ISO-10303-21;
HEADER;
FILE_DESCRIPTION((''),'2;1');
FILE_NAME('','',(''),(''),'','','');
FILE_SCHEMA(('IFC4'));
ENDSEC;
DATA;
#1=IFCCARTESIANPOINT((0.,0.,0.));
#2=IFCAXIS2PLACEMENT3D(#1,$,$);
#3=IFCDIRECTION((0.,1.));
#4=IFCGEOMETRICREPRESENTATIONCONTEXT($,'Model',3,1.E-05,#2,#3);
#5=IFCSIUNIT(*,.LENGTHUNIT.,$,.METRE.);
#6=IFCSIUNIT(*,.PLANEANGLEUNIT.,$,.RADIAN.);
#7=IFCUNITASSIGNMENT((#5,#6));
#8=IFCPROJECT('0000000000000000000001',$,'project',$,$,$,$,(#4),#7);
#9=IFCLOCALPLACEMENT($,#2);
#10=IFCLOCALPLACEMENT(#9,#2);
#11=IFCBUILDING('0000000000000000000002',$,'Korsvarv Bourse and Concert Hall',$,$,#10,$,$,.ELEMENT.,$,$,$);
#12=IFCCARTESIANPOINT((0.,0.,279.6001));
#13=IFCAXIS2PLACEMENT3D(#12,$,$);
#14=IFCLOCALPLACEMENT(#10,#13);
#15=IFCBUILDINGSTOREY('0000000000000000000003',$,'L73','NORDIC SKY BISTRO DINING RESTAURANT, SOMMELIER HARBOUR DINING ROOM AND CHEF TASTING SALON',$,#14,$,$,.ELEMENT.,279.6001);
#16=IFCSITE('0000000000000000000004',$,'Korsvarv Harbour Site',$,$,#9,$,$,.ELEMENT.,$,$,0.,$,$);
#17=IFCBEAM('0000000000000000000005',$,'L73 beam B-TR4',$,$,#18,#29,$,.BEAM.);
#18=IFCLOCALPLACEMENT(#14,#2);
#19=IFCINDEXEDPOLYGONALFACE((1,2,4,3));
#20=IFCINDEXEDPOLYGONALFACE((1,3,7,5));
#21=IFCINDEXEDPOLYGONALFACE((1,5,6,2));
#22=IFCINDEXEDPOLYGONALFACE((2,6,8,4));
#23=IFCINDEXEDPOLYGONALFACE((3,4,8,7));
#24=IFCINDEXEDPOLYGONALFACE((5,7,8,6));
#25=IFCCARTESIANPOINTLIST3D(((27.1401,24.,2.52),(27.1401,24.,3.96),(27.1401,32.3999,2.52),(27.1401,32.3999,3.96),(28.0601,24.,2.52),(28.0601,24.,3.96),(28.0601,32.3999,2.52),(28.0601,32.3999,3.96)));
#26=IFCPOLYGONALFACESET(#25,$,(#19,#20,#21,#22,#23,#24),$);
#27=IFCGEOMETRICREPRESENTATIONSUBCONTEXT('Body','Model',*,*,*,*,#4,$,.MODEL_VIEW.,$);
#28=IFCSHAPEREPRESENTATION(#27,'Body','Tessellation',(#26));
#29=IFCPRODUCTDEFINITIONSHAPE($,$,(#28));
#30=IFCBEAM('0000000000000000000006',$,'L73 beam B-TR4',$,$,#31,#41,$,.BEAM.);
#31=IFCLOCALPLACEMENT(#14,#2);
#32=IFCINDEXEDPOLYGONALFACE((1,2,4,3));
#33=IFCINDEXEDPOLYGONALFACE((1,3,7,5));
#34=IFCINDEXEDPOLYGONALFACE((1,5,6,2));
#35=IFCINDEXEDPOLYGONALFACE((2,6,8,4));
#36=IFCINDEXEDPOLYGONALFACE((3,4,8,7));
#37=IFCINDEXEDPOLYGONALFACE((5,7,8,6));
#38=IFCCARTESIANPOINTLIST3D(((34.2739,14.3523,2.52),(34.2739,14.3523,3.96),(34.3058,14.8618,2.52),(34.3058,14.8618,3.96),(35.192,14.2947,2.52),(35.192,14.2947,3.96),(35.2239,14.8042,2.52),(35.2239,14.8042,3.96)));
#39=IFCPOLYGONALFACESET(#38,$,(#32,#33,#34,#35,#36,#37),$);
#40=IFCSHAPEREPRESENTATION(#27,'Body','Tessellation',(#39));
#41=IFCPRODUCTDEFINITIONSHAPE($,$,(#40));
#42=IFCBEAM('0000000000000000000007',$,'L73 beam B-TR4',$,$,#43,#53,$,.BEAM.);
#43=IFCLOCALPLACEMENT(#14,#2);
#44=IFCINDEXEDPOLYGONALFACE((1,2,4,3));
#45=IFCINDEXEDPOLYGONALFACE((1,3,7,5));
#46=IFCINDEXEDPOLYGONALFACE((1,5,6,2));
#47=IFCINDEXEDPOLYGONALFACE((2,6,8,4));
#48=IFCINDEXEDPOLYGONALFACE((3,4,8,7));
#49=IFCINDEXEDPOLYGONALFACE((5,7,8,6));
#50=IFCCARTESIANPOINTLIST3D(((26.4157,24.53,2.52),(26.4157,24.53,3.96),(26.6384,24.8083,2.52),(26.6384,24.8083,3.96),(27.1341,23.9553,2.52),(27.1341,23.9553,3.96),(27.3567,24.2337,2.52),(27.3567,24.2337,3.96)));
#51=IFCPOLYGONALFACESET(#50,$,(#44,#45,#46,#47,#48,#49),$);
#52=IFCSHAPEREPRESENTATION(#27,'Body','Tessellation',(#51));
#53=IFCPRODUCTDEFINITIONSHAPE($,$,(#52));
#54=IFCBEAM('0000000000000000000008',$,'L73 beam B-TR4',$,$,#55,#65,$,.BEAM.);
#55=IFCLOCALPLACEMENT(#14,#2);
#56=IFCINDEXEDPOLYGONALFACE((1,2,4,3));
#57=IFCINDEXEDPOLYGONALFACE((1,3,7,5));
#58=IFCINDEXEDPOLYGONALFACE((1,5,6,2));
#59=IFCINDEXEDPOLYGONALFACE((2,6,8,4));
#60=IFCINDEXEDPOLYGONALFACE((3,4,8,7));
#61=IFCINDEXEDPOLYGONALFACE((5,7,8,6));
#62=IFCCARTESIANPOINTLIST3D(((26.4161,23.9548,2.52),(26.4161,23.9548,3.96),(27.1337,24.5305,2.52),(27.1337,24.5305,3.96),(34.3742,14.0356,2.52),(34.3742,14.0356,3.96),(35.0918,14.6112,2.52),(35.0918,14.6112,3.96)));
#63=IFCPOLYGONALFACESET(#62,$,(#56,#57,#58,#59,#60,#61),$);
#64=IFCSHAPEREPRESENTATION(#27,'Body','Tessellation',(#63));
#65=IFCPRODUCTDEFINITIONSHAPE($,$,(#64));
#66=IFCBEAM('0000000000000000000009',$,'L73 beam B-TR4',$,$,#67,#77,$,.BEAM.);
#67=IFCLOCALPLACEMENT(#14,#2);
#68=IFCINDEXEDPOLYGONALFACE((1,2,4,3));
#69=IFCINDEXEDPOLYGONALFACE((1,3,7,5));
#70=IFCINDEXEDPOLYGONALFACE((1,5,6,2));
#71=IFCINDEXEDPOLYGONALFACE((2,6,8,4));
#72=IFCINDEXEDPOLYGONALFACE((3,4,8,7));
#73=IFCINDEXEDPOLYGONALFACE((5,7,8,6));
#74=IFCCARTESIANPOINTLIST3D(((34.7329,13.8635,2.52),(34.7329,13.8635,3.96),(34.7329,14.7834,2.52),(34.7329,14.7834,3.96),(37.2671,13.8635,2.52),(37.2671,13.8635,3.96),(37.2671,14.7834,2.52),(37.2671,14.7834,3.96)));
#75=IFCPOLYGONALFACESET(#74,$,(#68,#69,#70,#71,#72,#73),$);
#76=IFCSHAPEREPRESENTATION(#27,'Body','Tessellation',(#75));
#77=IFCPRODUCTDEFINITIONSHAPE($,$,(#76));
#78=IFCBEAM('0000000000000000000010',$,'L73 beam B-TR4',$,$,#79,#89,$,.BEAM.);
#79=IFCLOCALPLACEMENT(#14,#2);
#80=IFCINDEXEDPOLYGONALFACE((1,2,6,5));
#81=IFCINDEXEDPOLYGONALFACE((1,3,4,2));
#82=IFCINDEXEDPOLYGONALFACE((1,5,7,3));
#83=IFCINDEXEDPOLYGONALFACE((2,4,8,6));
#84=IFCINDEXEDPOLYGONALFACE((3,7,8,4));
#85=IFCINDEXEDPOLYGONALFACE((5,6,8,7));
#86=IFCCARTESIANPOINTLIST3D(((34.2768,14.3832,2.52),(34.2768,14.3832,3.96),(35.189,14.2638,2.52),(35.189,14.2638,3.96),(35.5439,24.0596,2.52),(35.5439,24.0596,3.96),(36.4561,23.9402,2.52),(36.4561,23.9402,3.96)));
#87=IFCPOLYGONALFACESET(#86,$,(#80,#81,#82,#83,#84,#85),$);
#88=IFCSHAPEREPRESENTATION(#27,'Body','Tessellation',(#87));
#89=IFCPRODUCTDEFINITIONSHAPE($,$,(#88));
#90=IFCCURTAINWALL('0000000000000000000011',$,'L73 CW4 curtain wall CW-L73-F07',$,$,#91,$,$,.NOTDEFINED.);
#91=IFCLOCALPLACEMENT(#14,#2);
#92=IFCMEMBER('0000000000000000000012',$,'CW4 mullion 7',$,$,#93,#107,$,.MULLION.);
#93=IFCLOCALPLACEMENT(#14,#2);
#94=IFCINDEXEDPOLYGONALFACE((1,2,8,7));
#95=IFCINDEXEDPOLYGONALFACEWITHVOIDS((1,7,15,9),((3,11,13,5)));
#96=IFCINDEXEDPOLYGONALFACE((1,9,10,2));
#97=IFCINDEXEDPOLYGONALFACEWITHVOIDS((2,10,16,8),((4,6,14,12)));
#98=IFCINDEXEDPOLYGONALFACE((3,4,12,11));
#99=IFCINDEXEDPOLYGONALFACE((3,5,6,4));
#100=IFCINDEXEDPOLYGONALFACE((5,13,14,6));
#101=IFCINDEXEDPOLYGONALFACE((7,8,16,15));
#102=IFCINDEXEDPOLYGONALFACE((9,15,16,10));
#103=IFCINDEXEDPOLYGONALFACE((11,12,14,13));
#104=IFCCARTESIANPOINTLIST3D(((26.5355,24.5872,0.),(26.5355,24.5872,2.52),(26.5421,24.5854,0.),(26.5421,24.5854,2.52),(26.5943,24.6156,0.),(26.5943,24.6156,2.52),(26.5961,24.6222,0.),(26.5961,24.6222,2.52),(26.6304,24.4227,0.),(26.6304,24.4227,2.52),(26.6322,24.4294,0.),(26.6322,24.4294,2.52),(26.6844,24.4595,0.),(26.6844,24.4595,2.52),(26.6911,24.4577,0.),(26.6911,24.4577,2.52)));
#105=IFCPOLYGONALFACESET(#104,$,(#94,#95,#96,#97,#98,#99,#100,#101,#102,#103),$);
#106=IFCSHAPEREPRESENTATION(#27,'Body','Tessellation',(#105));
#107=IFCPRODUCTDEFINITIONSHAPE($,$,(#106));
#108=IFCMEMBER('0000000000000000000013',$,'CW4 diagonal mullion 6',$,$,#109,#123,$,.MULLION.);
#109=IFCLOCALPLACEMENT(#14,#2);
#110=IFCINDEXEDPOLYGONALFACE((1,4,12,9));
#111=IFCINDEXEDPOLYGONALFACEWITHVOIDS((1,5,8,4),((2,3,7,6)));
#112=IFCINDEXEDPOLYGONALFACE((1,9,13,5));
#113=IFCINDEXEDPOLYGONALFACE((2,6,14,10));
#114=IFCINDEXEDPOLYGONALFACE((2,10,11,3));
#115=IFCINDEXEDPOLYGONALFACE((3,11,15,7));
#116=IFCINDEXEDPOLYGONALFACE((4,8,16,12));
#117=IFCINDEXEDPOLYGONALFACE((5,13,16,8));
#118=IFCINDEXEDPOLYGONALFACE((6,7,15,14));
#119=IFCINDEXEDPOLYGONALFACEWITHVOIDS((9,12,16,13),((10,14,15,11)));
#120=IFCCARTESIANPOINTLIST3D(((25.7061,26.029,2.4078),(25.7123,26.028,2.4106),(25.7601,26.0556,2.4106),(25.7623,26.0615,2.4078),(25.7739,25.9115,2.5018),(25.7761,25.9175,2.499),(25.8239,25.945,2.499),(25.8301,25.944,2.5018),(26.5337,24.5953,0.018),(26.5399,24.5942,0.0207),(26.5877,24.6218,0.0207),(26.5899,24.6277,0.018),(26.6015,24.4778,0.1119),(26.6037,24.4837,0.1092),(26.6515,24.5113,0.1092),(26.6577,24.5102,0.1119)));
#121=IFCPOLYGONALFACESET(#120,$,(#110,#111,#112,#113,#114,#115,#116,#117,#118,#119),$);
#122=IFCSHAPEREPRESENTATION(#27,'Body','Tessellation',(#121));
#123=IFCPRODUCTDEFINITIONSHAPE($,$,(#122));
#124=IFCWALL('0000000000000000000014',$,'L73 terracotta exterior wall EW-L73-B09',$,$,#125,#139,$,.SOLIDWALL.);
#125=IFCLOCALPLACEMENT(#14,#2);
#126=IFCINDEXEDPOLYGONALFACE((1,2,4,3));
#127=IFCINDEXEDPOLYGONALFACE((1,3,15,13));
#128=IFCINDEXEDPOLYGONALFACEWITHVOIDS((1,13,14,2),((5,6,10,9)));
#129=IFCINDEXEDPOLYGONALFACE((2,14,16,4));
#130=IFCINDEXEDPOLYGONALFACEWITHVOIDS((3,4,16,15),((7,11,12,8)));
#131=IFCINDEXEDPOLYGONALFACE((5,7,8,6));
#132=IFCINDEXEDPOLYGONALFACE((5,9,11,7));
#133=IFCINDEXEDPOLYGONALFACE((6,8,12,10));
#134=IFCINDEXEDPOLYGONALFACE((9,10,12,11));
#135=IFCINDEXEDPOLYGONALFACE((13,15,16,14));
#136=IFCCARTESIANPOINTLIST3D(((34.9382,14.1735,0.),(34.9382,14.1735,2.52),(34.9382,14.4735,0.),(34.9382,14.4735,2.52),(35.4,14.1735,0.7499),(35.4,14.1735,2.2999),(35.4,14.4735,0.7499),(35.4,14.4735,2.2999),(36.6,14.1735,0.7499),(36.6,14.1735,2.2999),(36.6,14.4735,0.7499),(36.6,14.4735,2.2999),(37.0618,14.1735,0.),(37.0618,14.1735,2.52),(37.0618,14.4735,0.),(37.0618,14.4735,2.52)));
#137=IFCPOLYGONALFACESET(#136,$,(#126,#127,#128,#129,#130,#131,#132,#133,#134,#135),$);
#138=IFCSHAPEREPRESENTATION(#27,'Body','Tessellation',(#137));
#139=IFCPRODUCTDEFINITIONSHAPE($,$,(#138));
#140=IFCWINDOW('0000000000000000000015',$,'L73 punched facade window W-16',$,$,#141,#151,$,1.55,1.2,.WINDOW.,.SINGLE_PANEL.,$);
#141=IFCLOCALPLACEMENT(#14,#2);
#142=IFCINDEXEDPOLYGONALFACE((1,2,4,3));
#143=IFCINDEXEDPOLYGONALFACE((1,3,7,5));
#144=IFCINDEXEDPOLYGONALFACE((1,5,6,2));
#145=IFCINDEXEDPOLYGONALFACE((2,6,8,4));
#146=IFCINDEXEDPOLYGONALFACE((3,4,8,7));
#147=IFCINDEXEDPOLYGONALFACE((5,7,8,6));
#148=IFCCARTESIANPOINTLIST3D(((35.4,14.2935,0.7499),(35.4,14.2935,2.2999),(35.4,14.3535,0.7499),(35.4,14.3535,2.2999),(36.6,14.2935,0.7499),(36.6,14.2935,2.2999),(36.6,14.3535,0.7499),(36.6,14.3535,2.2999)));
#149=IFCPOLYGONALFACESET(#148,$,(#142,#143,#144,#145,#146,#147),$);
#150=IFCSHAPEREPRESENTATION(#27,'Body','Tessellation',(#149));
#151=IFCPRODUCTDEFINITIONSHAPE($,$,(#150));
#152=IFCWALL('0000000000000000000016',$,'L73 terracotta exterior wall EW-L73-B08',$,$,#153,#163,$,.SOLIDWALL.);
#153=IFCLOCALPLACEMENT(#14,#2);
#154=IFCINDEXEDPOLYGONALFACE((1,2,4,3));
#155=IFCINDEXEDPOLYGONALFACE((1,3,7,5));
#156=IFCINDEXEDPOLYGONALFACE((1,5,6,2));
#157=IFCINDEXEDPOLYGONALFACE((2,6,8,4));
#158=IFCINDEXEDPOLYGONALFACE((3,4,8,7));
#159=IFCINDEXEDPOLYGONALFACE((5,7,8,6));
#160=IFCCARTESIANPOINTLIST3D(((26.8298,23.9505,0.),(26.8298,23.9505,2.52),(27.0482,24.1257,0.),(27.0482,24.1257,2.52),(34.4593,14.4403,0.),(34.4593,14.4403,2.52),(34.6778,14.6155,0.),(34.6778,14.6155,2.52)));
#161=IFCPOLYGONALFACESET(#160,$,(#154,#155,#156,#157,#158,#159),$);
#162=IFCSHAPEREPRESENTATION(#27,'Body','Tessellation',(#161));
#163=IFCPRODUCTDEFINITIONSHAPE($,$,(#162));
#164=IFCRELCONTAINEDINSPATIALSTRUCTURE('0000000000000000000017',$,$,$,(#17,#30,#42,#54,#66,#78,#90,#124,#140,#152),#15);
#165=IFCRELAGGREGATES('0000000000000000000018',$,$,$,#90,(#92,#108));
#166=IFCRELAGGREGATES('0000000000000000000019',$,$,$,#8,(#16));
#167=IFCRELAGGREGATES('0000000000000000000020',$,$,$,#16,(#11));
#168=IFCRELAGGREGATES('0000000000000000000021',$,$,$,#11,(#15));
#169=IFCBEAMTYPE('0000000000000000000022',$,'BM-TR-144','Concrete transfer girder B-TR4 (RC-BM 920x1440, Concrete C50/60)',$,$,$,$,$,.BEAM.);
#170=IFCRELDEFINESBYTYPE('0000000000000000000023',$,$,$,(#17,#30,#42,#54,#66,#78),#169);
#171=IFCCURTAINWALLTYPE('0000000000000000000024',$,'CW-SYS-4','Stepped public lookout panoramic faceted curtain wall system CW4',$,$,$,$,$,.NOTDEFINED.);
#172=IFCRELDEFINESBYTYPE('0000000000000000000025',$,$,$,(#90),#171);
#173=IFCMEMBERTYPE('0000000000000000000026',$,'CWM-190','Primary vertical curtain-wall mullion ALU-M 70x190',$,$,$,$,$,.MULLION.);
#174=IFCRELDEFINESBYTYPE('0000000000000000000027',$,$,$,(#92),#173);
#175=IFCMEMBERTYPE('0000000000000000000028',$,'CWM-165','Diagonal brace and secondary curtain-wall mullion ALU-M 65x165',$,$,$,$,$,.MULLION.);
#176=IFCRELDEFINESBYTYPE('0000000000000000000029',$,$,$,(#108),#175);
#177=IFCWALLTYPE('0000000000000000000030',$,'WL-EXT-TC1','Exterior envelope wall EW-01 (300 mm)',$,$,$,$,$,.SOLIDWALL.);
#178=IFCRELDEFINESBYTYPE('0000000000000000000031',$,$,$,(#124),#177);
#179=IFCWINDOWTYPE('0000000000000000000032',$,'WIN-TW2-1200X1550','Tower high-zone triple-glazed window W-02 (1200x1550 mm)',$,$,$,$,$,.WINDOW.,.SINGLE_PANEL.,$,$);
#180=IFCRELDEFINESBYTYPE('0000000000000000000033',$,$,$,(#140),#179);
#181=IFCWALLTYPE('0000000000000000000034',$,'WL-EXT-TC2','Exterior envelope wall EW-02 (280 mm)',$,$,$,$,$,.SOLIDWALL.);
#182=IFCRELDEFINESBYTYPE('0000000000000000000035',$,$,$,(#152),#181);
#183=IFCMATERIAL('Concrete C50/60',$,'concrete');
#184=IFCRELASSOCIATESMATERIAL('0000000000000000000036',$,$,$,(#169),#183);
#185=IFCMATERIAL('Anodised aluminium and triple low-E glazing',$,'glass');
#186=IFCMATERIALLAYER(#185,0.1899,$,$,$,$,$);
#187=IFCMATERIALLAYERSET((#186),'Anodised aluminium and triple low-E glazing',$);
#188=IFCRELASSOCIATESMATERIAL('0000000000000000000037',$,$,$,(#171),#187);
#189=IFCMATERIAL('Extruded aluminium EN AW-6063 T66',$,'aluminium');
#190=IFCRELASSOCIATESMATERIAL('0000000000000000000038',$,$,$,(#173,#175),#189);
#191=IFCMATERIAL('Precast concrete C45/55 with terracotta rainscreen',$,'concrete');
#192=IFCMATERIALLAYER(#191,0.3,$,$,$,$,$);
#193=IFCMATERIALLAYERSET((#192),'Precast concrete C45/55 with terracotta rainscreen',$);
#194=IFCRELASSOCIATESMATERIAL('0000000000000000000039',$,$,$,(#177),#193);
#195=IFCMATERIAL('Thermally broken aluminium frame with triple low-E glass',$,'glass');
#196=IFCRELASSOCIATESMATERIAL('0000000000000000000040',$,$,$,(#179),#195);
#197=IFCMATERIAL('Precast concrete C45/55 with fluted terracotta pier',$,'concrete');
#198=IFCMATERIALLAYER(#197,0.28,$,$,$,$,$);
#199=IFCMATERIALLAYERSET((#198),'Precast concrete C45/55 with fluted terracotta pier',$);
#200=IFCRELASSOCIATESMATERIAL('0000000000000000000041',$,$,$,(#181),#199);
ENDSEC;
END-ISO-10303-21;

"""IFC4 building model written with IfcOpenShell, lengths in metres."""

from ifc_helpers import new_model, si_unit, direction, frame, frame_2d, origin, origin_2d, place, context, subcontext, project, spatial, rectangle, hollow_rectangle, extrude, source, transform, mapped, material, layer, layer_set, material_profile, profile_set, type_object, element, fill, aggregate, save


model = new_model("IFC4")

# Units and contexts
model_context = context("Model", 3, precision=1e-05, world=origin(), true_north=direction((0.0, 1.0)))
body_context = subcontext(model_context, "Body", "Model", "MODEL_VIEW")
ifc_project = project(units=[si_unit("LENGTHUNIT", "METRE"), si_unit("PLANEANGLEUNIT", "RADIAN")], contexts=[model_context])

# Site, building, storey
site_placement = place(None, origin())
site = spatial("IfcSite", under=ifc_project, at=site_placement, Name="Korsvarv Harbour Site", CompositionType="ELEMENT", RefElevation=0.0)
building_placement = place(site_placement, origin())
building = spatial("IfcBuilding", under=site, at=building_placement, Name="Korsvarv Bourse and Concert Hall", CompositionType="ELEMENT")
storey_placement = place(building_placement, frame((0.0, 0.0, 279.6001)))
storey = spatial("IfcBuildingStorey", under=building, at=storey_placement, Name="L73", Description="NORDIC SKY BISTRO DINING RESTAURANT, SOMMELIER HARBOUR DINING ROOM AND CHEF TASTING SALON", CompositionType="ELEMENT", Elevation=279.6001)

# Beams
ifc_material_1 = material(Name="Concrete C50/60", Category="concrete")
ifc_material_profile_1 = material_profile(ifc_material_1, rectangle(XDim=0.9199, YDim=1.4399, at=origin_2d()), Name="RC-BM 920x1440")
ifc_profile_set_1 = profile_set([ifc_material_profile_1], Name="Concrete C50/60")
beam_type = type_object("IfcBeamType", Name="BM-TR-144", Description="Concrete transfer girder B-TR4 (RC-BM 920x1440, Concrete C50/60)", PredefinedType="BEAM", material=ifc_profile_set_1)
shared_shape_1 = source(origin(), body_context, "Body", "SweptSolid", [
    extrude(rectangle(XDim=0.9199, YDim=1.4399, at=origin_2d()), origin(), (0.0, 0.0, 1.0), 8.3999),
])
for number, where, z_axis, x_axis, name in (
    (1, (27.6001, 24.0, 3.24), (0.0, 1.0, 0.0), (-1.0, 0.0, 0.0), "L73 beam B-TR4"),
):
    element("IfcBeam", number, at=place(storey_placement, frame(where, z_axis=z_axis, x_axis=x_axis)), inside=storey, type_object=beam_type, Name=name, PredefinedType="BEAM", context=body_context, shape_type="MappedRepresentation", body=[
        mapped(shared_shape_1, transform((0.0, 0.0, 0.0), scale=1.0)),
    ])
shared_shape_2 = source(origin(), body_context, "Body", "SweptSolid", [
    extrude(rectangle(XDim=0.9199, YDim=1.4399, at=origin_2d()), origin(), (0.0, 0.0, 1.0), 0.5105),
])
beam_1_placement = place(storey_placement, frame((34.7329, 14.3235, 3.24), z_axis=(0.062646, 0.998036, 0.0), x_axis=(-0.998036, 0.062646, 0.0)))
element("IfcBeam", 2, at=beam_1_placement, inside=storey, type_object=beam_type, Name="L73 beam B-TR4", PredefinedType="BEAM", context=body_context, shape_type="MappedRepresentation", body=[
    mapped(shared_shape_2, transform((0.0, 0.0, 0.0), scale=1.0)),
])
shared_shape_3 = source(origin(), body_context, "Body", "SweptSolid", [
    extrude(rectangle(XDim=0.9199, YDim=1.4399, at=origin_2d()), origin(), (0.0, 0.0, 1.0), 0.3564),
])
beam_2_placement = place(storey_placement, frame((26.7749, 24.2427, 3.24), z_axis=(0.624695, 0.780869, 0.0), x_axis=(-0.780869, 0.624695, 0.0)))
element("IfcBeam", 3, at=beam_2_placement, inside=storey, type_object=beam_type, Name="L73 beam B-TR4", PredefinedType="BEAM", context=body_context, shape_type="MappedRepresentation", body=[
    mapped(shared_shape_3, transform((0.0, 0.0, 0.0), scale=1.0)),
])
shared_shape_4 = source(origin(), body_context, "Body", "SweptSolid", [
    extrude(rectangle(XDim=0.9199, YDim=1.4399, at=origin_2d()), origin(), (0.0, 0.0, 1.0), 12.717),
])
beam_3_placement = place(storey_placement, frame((26.7749, 24.2427, 3.24), z_axis=(0.625781, -0.779999, 0.0), x_axis=(0.779999, 0.625781, 0.0)))
element("IfcBeam", 4, at=beam_3_placement, inside=storey, type_object=beam_type, Name="L73 beam B-TR4", PredefinedType="BEAM", context=body_context, shape_type="MappedRepresentation", body=[
    mapped(shared_shape_4, transform((0.0, 0.0, 0.0), scale=1.0)),
])
shared_shape_5 = source(origin(), body_context, "Body", "SweptSolid", [
    extrude(rectangle(XDim=0.9199, YDim=1.4399, at=origin_2d()), origin(), (0.0, 0.0, 1.0), 2.5342),
])
beam_4_placement = place(storey_placement, frame((34.7329, 14.3235, 3.24), z_axis=(1.0, 0.0, 0.0), x_axis=(0.0, 1.0, 0.0)))
element("IfcBeam", 5, at=beam_4_placement, inside=storey, type_object=beam_type, Name="L73 beam B-TR4", PredefinedType="BEAM", context=body_context, shape_type="MappedRepresentation", body=[
    mapped(shared_shape_5, transform((0.0, 0.0, 0.0), scale=1.0)),
])
shared_shape_6 = source(origin(), body_context, "Body", "SweptSolid", [
    extrude(rectangle(XDim=0.9199, YDim=1.4399, at=origin_2d()), origin(), (0.0, 0.0, 1.0), 9.759),
])
beam_5_placement = place(storey_placement, frame((34.7329, 14.3235, 3.24), z_axis=(0.129836, 0.991535, 0.0), x_axis=(-0.991535, 0.129836, 0.0)))
element("IfcBeam", 6, at=beam_5_placement, inside=storey, type_object=beam_type, Name="L73 beam B-TR4", PredefinedType="BEAM", context=body_context, shape_type="MappedRepresentation", body=[
    mapped(shared_shape_6, transform((0.0, 0.0, 0.0), scale=1.0)),
])

# Curtain wall, members
ifc_material_2 = material(Name="Anodised aluminium and triple low-E glazing", Category="glass")
ifc_layer_1 = layer(ifc_material_2, 0.1899)
ifc_layer_set_1 = layer_set([ifc_layer_1], Name="Anodised aluminium and triple low-E glazing")
curtain_wall_type = type_object("IfcCurtainWallType", Name="CW-SYS-4", Description="Stepped public lookout panoramic faceted curtain wall system CW4", PredefinedType="NOTDEFINED", material=ifc_layer_set_1)
curtain_wall_placement = place(storey_placement, origin())
curtain_wall = element("IfcCurtainWall", 7, at=curtain_wall_placement, inside=storey, type_object=curtain_wall_type, Name="L73 CW4 curtain wall CW-L73-F07", PredefinedType="NOTDEFINED")
ifc_material_3 = material(Name="Extruded aluminium EN AW-6063 T66", Category="aluminium")
ifc_material_profile_2 = material_profile(ifc_material_3, hollow_rectangle(XDim=0.0701, YDim=0.1899, WallThickness=0.0049, at=origin_2d()), Name="ALU-M 70x190")
ifc_profile_set_2 = profile_set([ifc_material_profile_2], Name="Extruded aluminium EN AW-6063 T66")
member_type_1 = type_object("IfcMemberType", Name="CWM-190", Description="Primary vertical curtain-wall mullion ALU-M 70x190", PredefinedType="MULLION", material=ifc_profile_set_2)
shared_shape_7 = source(origin(), body_context, "Body", "SweptSolid", [
    extrude(hollow_rectangle(XDim=0.0701, YDim=0.1899, WallThickness=0.0049, at=origin_2d()), origin(), (0.0, 0.0, 1.0), 2.52),
])
member_1_placement = place(storey_placement, frame((26.6133, 24.5225, 0.0), z_axis=(0.0, 0.0, 1.0), x_axis=(0.866027, 0.499998, 0.0)))
member_1 = element("IfcMember", 8, at=member_1_placement, type_object=member_type_1, Name="CW4 mullion 7", PredefinedType="MULLION", context=body_context, shape_type="MappedRepresentation", body=[
    mapped(shared_shape_7, transform((0.0, 0.0, 0.0), scale=1.0)),
])
ifc_material_profile_3 = material_profile(ifc_material_3, hollow_rectangle(XDim=0.0649, YDim=0.165, WallThickness=0.0049, at=origin_2d()), Name="ALU-M 65x165")
ifc_profile_set_3 = profile_set([ifc_material_profile_3], Name="Extruded aluminium EN AW-6063 T66")
member_type_2 = type_object("IfcMemberType", Name="CWM-165", Description="Diagonal brace and secondary curtain-wall mullion ALU-M 65x165", PredefinedType="MULLION", material=ifc_profile_set_3)
shared_shape_8 = source(origin(), body_context, "Body", "SweptSolid", [
    extrude(hollow_rectangle(XDim=0.0649, YDim=0.165, WallThickness=0.0049, at=origin_2d()), origin(), (0.0, 0.0, 1.0), 2.9072),
])
member_2_placement = place(storey_placement, frame((26.5957, 24.5527, 0.0649), z_axis=(-0.284674, 0.493183, 0.822028), x_axis=(-0.866075, -0.499914, 0.0)))
member_2 = element("IfcMember", 9, at=member_2_placement, type_object=member_type_2, Name="CW4 diagonal mullion 6", PredefinedType="MULLION", context=body_context, shape_type="MappedRepresentation", body=[
    mapped(shared_shape_8, transform((0.0, 0.0, 0.0), scale=1.0)),
])
aggregate(curtain_wall, [member_1, member_2])

# Wall, opening, window
ifc_material_4 = material(Name="Precast concrete C45/55 with terracotta rainscreen", Category="concrete")
ifc_layer_2 = layer(ifc_material_4, 0.3)
ifc_layer_set_2 = layer_set([ifc_layer_2], Name="Precast concrete C45/55 with terracotta rainscreen")
wall_type_1 = type_object("IfcWallType", Name="WL-EXT-TC1", Description="Exterior envelope wall EW-01 (300 mm)", PredefinedType="SOLIDWALL", material=ifc_layer_set_2)
wall_1_placement = place(storey_placement, frame((34.9382, 14.3235, 0.0), z_axis=(0.0, 0.0, 1.0), x_axis=(1.0, 0.0, 0.0)))
wall_1 = element("IfcWall", 10, at=wall_1_placement, inside=storey, type_object=wall_type_1, Name="L73 terracotta exterior wall EW-L73-B09", PredefinedType="SOLIDWALL", context=body_context, shape_type="SweptSolid", body=[
    extrude(rectangle(XDim=2.1235, YDim=0.3, at=frame_2d((1.0618, 0.0))), origin(), (0.0, 0.0, 1.0), 2.52),
])
opening_1_placement = place(wall_1_placement, frame((0.4617, 0.0, 0.75)))
opening_1 = element("IfcOpeningElement", 11, at=opening_1_placement, cuts=wall_1, PredefinedType="OPENING", context=body_context, shape_type="SweptSolid", body=[
    extrude(rectangle(XDim=1.2, YDim=1.55, at=frame_2d((0.6001, 0.7749))), frame((0.0, 0.1602, 0.0), z_axis=(0.0, -1.0, 0.0), x_axis=(1.0, 0.0, 0.0)), (0.0, 0.0, 1.0), 0.3201),
])
ifc_material_5 = material(Name="Thermally broken aluminium frame with triple low-E glass", Category="glass")
window_type = type_object("IfcWindowType", Name="WIN-TW2-1200X1550", Description="Tower high-zone triple-glazed window W-02 (1200x1550 mm)", PartitioningType="SINGLE_PANEL", PredefinedType="WINDOW", material=ifc_material_5)
window_placement = place(opening_1_placement, origin())
window = element("IfcWindow", 12, at=window_placement, inside=storey, type_object=window_type, Name="L73 punched facade window W-16", OverallHeight=1.55, OverallWidth=1.2, PartitioningType="SINGLE_PANEL", PredefinedType="WINDOW", context=body_context, shape_type="SweptSolid", body=[
    extrude(rectangle(XDim=1.2, YDim=1.55, at=frame_2d((0.6001, 0.7749))), frame((0.0, 0.03, 0.0), z_axis=(0.0, -1.0, 0.0), x_axis=(1.0, 0.0, 0.0)), (0.0, 0.0, 1.0), 0.0601),
])
fill(opening_1, window)

# Wall
ifc_material_6 = material(Name="Precast concrete C45/55 with fluted terracotta pier", Category="concrete")
ifc_layer_3 = layer(ifc_material_6, 0.28)
ifc_layer_set_3 = layer_set([ifc_layer_3], Name="Precast concrete C45/55 with fluted terracotta pier")
wall_type_2 = type_object("IfcWallType", Name="WL-EXT-TC2", Description="Exterior envelope wall EW-02 (280 mm)", PredefinedType="SOLIDWALL", material=ifc_layer_set_3)
wall_2_placement = place(storey_placement, frame((26.939, 24.0381, 0.0), z_axis=(0.0, 0.0, 1.0), x_axis=(0.625766, -0.78001, 0.0)))
element("IfcWall", 13, at=wall_2_placement, inside=storey, type_object=wall_type_2, Name="L73 terracotta exterior wall EW-L73-B08", PredefinedType="SOLIDWALL", context=body_context, shape_type="SweptSolid", body=[
    extrude(rectangle(XDim=12.1924, YDim=0.28, at=frame_2d((6.0962, 0.0))), origin(), (0.0, 0.0, 1.0), 2.52),
])

save(model, "model.ifc")
